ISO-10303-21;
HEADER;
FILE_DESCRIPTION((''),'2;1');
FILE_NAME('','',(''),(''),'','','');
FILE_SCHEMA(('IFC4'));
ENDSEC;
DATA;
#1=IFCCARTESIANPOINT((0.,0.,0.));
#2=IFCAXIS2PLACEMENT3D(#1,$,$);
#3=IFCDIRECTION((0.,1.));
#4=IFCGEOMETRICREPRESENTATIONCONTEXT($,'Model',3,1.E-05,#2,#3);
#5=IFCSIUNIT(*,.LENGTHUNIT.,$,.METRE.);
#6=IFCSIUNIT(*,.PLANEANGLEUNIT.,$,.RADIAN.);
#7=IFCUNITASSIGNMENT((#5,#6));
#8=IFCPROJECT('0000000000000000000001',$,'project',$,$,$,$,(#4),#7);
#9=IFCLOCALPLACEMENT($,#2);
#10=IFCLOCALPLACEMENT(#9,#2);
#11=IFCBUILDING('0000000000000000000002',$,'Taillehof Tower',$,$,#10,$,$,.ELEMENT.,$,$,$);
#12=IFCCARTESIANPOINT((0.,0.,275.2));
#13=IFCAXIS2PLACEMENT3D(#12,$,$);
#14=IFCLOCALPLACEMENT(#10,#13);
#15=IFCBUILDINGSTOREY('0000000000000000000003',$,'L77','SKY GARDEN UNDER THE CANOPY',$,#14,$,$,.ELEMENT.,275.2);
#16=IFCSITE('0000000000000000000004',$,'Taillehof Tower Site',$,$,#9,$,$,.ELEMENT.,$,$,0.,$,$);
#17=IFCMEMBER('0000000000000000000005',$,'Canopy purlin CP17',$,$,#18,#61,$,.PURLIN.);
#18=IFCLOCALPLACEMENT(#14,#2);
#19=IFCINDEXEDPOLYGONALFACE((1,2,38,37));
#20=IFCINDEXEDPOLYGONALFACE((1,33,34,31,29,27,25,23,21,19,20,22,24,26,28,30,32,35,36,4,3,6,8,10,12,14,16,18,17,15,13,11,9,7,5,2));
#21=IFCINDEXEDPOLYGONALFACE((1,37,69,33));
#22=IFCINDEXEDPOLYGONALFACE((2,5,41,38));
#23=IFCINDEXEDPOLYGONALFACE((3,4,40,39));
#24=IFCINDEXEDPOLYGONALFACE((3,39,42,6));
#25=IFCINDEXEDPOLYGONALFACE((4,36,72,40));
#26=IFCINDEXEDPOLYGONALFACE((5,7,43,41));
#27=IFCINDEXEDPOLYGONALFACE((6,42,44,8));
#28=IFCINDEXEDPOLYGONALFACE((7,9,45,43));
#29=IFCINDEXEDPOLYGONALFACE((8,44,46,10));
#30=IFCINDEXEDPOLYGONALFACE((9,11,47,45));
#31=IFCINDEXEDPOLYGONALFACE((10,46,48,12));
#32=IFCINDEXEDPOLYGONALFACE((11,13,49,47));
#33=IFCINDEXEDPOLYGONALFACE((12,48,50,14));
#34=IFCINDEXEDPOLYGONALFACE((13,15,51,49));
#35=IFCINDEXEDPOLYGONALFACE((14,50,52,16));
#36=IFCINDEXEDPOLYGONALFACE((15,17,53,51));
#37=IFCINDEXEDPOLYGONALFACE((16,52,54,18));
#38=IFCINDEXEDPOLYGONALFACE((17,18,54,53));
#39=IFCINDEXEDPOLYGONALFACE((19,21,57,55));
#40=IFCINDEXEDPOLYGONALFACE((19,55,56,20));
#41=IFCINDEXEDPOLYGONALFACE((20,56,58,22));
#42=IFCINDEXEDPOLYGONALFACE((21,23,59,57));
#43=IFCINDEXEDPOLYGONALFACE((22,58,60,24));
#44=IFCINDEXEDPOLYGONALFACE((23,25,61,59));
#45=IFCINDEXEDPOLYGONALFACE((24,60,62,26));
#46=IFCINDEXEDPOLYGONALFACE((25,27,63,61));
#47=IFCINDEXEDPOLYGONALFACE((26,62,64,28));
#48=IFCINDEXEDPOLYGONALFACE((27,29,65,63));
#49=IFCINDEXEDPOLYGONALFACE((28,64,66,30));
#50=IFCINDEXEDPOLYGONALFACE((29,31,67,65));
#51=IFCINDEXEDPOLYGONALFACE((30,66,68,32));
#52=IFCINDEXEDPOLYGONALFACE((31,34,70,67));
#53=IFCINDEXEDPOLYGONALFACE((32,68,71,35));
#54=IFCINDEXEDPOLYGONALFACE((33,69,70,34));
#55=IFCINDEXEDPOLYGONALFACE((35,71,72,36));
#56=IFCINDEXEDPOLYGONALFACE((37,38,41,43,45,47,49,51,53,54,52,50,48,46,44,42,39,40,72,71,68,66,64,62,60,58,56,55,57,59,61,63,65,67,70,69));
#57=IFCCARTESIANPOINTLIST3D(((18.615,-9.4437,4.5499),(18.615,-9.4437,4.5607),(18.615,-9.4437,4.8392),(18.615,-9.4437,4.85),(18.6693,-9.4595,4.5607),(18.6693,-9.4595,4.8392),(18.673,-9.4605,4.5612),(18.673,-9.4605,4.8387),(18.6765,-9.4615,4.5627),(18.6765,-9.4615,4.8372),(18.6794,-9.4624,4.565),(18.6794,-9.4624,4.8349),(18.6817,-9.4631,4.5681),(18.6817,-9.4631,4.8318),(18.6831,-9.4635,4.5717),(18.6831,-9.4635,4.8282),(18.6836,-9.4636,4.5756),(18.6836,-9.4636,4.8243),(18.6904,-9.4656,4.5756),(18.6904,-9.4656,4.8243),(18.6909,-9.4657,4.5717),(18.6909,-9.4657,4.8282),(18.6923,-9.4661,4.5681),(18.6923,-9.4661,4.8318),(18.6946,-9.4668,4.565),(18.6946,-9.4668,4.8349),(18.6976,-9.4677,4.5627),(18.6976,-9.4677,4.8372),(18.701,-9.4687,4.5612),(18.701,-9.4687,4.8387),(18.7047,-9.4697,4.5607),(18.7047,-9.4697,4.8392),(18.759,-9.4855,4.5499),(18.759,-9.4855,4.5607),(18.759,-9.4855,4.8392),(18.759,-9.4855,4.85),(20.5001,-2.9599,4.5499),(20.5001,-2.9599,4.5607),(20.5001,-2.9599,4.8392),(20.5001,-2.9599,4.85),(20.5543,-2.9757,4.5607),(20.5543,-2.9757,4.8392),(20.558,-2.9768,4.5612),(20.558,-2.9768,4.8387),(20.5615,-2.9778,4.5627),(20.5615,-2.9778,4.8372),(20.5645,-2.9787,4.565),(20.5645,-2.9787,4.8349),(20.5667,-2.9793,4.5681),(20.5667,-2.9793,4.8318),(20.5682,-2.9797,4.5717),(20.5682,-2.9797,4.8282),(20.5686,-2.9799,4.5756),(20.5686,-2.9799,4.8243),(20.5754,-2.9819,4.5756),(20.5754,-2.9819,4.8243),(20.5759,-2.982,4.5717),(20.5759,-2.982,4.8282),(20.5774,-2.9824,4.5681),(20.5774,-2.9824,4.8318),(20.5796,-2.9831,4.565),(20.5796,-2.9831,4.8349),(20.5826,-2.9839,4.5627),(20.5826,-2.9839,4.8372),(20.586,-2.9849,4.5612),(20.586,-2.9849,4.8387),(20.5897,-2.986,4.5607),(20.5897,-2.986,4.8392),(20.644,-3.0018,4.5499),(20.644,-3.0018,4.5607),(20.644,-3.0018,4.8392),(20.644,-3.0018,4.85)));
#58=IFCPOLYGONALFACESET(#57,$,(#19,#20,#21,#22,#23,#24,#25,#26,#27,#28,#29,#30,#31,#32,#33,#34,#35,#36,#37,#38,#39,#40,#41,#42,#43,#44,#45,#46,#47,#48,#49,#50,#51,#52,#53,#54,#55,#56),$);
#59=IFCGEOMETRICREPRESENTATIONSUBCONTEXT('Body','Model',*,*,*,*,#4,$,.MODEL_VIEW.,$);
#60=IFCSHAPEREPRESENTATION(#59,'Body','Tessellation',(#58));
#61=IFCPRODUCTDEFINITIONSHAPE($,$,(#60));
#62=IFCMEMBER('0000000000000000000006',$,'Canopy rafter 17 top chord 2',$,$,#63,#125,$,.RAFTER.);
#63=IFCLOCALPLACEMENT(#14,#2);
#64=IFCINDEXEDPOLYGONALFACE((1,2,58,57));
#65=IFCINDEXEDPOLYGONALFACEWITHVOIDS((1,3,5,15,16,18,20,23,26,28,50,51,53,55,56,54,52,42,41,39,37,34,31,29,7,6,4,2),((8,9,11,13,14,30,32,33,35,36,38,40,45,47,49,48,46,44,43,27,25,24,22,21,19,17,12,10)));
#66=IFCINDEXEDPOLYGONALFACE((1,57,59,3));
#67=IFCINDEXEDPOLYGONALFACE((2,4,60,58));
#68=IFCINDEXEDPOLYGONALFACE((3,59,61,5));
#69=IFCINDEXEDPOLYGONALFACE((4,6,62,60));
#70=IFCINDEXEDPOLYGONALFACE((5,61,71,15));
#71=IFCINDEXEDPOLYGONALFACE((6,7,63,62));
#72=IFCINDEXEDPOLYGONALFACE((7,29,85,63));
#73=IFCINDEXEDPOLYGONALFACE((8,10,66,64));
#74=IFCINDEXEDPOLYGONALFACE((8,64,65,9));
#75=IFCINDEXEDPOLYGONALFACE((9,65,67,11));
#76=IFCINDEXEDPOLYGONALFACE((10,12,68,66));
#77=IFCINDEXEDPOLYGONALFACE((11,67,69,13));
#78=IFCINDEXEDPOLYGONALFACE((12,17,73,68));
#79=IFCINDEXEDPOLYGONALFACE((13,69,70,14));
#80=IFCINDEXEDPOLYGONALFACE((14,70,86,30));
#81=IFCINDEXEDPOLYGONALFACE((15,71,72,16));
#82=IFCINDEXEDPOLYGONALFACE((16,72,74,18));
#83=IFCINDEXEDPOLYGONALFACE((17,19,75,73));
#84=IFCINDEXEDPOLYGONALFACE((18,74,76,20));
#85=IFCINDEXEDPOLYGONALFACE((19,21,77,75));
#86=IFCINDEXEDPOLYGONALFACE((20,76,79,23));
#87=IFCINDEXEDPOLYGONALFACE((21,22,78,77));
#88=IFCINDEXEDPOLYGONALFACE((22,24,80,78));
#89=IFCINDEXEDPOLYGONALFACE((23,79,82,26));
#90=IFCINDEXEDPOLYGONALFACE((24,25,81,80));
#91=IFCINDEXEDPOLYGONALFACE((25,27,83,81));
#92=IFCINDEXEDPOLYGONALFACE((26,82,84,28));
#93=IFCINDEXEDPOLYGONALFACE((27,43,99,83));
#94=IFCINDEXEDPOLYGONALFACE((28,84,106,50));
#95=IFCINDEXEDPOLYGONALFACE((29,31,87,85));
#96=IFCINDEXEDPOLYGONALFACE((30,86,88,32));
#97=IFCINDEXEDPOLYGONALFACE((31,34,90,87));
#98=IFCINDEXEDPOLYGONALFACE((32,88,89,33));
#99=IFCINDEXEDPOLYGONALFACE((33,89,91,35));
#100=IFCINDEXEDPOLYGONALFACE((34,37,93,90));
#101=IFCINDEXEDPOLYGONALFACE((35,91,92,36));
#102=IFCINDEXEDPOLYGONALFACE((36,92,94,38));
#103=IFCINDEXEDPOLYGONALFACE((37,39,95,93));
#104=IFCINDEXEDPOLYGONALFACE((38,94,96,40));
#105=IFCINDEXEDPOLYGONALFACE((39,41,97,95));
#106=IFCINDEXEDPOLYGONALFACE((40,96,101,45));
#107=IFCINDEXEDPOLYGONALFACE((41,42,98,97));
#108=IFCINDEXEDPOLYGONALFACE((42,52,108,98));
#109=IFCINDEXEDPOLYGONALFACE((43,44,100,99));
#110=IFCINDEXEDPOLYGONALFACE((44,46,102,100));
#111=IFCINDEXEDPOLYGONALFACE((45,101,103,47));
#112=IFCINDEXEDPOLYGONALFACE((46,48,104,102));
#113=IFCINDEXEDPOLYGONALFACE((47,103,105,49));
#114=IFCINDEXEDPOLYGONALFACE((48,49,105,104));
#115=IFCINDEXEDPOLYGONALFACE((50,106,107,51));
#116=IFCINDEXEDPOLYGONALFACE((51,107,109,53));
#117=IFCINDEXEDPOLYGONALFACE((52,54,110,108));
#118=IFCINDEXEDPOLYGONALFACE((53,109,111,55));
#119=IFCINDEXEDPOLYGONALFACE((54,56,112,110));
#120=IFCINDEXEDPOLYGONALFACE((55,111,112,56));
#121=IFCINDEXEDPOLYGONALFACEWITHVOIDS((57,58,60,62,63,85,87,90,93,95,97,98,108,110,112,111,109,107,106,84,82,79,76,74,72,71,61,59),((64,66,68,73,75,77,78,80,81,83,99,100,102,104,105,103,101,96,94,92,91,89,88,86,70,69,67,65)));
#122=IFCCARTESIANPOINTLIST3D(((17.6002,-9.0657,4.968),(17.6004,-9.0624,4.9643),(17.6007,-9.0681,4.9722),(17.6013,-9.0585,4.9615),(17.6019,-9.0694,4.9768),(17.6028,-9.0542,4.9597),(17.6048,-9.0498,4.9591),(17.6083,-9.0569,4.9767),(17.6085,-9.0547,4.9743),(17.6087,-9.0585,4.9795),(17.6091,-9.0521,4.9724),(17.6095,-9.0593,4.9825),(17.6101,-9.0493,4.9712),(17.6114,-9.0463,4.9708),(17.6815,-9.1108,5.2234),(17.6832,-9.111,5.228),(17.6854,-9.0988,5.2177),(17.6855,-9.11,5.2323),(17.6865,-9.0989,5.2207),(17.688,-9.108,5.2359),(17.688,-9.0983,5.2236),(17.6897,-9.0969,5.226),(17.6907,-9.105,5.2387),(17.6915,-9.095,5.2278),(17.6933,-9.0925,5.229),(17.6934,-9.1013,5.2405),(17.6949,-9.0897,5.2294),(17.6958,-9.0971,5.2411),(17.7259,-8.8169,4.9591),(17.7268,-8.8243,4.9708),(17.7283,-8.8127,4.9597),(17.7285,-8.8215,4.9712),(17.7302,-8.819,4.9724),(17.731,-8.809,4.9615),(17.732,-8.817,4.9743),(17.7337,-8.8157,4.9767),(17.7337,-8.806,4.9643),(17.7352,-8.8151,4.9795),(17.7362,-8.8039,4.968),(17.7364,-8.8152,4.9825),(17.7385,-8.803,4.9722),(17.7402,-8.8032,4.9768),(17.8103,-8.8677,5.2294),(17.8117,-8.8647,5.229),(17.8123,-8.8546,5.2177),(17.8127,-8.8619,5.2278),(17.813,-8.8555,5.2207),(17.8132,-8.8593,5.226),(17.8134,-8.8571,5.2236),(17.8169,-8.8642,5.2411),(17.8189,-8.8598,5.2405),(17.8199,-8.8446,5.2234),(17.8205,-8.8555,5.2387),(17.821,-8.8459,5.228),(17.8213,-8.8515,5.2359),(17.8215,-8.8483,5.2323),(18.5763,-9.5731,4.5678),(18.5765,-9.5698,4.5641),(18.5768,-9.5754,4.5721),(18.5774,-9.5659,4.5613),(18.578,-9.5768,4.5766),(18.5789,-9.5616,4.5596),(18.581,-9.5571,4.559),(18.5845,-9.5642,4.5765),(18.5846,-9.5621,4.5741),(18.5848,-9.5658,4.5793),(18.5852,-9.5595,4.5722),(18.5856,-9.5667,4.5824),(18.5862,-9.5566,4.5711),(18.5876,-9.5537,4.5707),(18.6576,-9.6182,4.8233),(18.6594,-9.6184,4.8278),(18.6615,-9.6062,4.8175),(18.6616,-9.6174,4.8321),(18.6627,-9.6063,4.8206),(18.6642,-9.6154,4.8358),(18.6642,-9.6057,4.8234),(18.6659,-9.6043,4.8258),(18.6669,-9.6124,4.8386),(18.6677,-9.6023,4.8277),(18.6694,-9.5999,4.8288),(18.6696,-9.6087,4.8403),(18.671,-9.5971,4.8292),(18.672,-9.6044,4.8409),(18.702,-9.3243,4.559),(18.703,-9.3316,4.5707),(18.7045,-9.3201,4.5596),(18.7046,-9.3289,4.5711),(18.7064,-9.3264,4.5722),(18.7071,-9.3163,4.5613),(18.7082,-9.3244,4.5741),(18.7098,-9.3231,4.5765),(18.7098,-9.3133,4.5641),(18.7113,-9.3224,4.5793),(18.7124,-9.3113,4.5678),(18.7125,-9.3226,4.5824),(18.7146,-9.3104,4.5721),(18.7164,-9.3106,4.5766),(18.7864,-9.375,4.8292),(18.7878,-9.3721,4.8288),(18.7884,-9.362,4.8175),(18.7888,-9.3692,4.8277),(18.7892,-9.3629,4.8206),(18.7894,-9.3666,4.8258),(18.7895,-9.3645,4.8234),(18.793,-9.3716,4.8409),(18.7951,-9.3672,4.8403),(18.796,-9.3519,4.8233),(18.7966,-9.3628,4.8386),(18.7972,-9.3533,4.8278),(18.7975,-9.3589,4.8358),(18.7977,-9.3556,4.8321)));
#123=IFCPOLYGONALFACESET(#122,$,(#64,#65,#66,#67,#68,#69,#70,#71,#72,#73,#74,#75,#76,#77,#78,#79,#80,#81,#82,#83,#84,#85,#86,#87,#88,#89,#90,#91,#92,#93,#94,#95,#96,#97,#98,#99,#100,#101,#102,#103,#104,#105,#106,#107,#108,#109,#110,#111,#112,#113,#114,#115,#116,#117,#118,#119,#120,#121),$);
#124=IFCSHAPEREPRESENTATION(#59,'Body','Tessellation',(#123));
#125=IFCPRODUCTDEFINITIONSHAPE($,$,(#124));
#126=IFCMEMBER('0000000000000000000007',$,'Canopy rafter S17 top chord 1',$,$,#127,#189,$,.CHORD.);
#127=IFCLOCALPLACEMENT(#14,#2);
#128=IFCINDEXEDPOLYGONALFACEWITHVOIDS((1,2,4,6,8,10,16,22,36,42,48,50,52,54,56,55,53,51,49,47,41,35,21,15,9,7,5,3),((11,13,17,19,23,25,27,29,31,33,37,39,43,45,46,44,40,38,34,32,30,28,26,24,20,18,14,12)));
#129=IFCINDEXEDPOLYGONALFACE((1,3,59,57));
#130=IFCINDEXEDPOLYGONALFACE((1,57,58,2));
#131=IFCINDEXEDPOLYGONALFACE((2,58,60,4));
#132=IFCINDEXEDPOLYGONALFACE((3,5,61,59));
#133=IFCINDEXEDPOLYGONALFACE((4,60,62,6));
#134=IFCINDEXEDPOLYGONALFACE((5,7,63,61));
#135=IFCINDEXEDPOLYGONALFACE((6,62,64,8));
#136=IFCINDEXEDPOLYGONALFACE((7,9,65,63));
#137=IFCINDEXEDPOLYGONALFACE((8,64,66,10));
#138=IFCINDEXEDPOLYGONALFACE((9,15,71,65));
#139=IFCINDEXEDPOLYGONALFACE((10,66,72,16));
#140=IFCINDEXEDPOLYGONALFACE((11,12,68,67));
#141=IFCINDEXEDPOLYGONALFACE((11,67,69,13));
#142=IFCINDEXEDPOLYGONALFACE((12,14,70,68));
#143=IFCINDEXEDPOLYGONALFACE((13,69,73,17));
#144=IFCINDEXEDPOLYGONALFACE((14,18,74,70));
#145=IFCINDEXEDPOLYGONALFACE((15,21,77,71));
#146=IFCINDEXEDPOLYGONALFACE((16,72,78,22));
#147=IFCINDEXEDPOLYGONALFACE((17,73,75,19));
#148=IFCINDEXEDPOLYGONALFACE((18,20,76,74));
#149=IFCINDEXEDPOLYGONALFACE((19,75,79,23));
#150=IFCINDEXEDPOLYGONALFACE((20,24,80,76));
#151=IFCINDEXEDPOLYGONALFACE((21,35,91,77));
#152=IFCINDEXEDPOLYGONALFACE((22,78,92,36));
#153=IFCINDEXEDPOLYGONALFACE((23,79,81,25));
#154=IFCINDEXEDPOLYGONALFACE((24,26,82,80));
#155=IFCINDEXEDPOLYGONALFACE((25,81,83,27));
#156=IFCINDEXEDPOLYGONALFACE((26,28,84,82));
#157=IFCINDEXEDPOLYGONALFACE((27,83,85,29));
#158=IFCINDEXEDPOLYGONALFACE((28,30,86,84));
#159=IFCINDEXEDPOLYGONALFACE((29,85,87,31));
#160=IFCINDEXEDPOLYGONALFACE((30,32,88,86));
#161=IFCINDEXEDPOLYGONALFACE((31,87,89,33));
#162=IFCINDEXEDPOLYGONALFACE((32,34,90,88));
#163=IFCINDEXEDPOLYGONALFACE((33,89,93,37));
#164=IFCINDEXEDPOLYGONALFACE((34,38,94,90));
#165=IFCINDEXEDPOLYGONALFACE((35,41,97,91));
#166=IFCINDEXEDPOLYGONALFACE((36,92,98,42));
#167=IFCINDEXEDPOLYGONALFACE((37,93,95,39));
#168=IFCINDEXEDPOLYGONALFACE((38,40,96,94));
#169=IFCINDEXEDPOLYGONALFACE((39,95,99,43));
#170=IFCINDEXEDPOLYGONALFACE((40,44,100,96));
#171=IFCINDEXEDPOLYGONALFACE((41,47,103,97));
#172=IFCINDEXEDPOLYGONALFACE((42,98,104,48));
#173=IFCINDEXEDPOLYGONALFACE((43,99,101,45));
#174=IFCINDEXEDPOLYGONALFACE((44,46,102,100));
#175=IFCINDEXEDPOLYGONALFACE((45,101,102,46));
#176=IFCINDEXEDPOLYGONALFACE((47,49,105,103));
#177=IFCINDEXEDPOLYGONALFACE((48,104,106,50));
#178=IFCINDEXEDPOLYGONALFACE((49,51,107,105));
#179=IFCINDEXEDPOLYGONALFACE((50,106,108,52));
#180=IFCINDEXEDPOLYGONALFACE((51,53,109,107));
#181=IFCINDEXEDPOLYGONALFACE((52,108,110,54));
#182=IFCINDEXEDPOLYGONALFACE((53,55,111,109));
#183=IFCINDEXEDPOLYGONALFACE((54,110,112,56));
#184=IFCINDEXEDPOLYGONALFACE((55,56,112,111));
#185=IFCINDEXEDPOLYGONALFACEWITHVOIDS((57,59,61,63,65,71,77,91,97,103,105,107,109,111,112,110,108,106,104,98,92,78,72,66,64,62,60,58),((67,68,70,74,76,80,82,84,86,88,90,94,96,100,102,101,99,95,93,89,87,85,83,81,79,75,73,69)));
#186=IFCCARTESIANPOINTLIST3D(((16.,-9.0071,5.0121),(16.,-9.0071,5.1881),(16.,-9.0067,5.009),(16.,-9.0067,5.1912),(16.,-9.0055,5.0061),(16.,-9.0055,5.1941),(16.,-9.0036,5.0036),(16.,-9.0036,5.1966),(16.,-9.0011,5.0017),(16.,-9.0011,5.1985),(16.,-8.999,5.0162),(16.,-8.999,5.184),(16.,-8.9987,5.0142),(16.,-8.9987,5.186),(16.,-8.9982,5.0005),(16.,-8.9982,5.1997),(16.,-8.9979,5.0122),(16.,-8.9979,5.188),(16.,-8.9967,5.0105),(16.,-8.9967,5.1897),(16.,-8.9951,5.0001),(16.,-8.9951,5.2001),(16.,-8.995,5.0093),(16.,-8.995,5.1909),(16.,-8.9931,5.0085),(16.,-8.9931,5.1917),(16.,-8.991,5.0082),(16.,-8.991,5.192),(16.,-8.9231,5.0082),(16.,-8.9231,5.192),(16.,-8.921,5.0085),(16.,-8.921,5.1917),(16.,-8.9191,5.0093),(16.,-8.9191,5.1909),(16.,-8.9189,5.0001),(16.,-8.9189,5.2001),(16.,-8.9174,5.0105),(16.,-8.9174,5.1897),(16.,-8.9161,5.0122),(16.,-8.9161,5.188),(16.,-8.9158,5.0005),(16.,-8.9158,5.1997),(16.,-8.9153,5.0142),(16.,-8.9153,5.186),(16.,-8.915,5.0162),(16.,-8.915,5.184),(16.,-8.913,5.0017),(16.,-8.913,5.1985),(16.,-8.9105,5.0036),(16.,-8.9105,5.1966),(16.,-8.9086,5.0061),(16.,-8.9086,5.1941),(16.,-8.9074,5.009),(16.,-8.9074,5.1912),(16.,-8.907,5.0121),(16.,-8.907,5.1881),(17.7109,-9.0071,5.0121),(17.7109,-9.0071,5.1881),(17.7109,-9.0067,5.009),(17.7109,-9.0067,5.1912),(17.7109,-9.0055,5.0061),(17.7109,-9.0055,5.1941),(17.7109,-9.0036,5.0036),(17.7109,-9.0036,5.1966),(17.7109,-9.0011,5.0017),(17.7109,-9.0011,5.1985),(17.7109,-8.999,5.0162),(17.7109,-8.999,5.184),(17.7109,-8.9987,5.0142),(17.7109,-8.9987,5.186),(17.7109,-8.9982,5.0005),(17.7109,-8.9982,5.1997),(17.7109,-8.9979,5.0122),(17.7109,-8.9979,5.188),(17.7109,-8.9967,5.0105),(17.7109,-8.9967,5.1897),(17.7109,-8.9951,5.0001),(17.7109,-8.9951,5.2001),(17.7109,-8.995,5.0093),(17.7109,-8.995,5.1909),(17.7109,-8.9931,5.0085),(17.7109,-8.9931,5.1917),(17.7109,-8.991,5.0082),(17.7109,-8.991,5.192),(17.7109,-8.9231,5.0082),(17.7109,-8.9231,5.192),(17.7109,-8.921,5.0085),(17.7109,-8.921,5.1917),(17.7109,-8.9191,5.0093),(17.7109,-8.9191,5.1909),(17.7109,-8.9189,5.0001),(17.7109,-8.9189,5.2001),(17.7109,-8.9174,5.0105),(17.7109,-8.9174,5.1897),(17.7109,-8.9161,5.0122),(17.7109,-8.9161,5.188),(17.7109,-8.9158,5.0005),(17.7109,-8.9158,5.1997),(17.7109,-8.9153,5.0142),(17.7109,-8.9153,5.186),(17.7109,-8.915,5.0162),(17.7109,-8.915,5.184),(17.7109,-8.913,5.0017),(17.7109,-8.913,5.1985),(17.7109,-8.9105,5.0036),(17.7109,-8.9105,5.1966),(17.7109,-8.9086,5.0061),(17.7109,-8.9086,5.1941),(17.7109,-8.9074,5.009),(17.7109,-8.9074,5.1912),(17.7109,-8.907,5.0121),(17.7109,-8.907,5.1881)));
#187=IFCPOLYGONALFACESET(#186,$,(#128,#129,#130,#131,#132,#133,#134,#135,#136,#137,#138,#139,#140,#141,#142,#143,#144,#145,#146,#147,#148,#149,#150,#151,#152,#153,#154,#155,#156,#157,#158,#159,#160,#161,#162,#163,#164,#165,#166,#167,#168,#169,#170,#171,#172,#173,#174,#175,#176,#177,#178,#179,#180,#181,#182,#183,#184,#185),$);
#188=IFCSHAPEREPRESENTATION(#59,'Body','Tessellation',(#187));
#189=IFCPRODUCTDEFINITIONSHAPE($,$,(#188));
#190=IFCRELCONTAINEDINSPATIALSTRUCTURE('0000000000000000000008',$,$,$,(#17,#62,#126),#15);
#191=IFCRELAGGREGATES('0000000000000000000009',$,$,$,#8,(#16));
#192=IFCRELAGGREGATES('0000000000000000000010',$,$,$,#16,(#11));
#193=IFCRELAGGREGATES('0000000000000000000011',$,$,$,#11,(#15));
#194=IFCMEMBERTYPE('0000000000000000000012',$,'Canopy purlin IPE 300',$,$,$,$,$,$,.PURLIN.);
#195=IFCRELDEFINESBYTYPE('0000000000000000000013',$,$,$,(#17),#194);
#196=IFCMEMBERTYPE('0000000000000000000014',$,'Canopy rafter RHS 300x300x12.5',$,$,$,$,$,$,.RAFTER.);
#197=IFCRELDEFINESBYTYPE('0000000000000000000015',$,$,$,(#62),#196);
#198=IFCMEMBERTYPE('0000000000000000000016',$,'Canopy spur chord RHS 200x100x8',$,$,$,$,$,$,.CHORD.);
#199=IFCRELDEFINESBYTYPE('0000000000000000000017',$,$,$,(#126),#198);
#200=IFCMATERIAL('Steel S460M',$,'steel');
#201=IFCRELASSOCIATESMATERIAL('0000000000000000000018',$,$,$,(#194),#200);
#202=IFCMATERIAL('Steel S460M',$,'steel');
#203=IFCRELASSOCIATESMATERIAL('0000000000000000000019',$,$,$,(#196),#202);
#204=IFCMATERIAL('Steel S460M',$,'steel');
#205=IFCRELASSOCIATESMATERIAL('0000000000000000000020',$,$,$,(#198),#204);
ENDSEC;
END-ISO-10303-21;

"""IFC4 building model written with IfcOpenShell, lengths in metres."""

from ifc_helpers import new_model, si_unit, direction, frame, origin, origin_2d, place, context, subcontext, project, spatial, hollow_rectangle, i_section, extrude, material, material_profile, profile_set, type_object, element, save


model = new_model("IFC4")

# Units and contexts
model_context = context("Model", 3, precision=1e-05, world=origin(), true_north=direction((0.0, 1.0)))
body_context = subcontext(model_context, "Body", "Model", "MODEL_VIEW")
ifc_project = project(units=[si_unit("LENGTHUNIT", "METRE"), si_unit("PLANEANGLEUNIT", "RADIAN")], contexts=[model_context])

# Site, building, storey
site_placement = place(None, origin())
site = spatial("IfcSite", under=ifc_project, at=site_placement, Name="Taillehof Tower Site", CompositionType="ELEMENT", RefElevation=0.0)
building_placement = place(site_placement, origin())
building = spatial("IfcBuilding", under=site, at=building_placement, Name="Taillehof Tower", CompositionType="ELEMENT")
storey_placement = place(building_placement, frame((0.0, 0.0, 275.2)))
storey = spatial("IfcBuildingStorey", under=building, at=storey_placement, Name="L77", Description="SKY GARDEN UNDER THE CANOPY", CompositionType="ELEMENT", Elevation=275.2)

# Members
ifc_material_1 = material(Name="Steel S460M", Category="steel")
ifc_material_profile_1 = material_profile(ifc_material_1, i_section(OverallWidth=0.1499, OverallDepth=0.3, WebThickness=0.0071, FlangeThickness=0.0107, FilletRadius=0.0149, at=origin_2d()), Name="IPE 300")
ifc_profile_set_1 = profile_set([ifc_material_profile_1], Name="Steel S460M")
member_type_1 = type_object("IfcMemberType", Name="Canopy purlin IPE 300", PredefinedType="PURLIN", material=ifc_profile_set_1)
member_1_placement = place(storey_placement, frame((18.687, -9.4646, 4.7), z_axis=(0.279174, 0.960241, 0.0), x_axis=(-0.960241, 0.279174, 0.0)))
element("IfcMember", 1, at=member_1_placement, inside=storey, type_object=member_type_1, Name="Canopy purlin CP17", PredefinedType="PURLIN", context=body_context, shape_type="SweptSolid", body=[
    extrude(i_section(OverallWidth=0.1499, OverallDepth=0.3, WebThickness=0.0071, FlangeThickness=0.0107, FilletRadius=0.0149, at=origin_2d()), origin(), (0.0, 0.0, 1.0), 6.7522),
])
ifc_material_2 = material(Name="Steel S460M", Category="steel")
ifc_material_profile_2 = material_profile(ifc_material_2, hollow_rectangle(XDim=0.3, YDim=0.3, WallThickness=0.0125, InnerFilletRadius=0.0125, OuterFilletRadius=0.0188, at=origin_2d()), Name="RHS 300x300x12.5")
ifc_profile_set_2 = profile_set([ifc_material_profile_2], Name="Steel S460M")
member_type_2 = type_object("IfcMemberType", Name="Canopy rafter RHS 300x300x12.5", PredefinedType="RAFTER", material=ifc_profile_set_2)
member_2_placement = place(storey_placement, frame((18.687, -9.4644, 4.7), z_axis=(-0.833851, 0.433402, 0.341841), x_axis=(-0.461185, -0.887304, 0.0)))
element("IfcMember", 2, at=member_2_placement, inside=storey, type_object=member_type_2, Name="Canopy rafter 17 top chord 2", PredefinedType="RAFTER", context=body_context, shape_type="SweptSolid", body=[
    extrude(hollow_rectangle(XDim=0.3, YDim=0.3, WallThickness=0.0125, InnerFilletRadius=0.0125, OuterFilletRadius=0.0188, at=origin_2d()), origin(), (0.0, 0.0, 1.0), 1.1707),
])
ifc_material_3 = material(Name="Steel S460M", Category="steel")
ifc_material_profile_3 = material_profile(ifc_material_3, hollow_rectangle(XDim=0.1001, YDim=0.2, WallThickness=0.0081, InnerFilletRadius=0.0081, OuterFilletRadius=0.012, at=origin_2d()), Name="RHS 200x100x8")
ifc_profile_set_3 = profile_set([ifc_material_profile_3], Name="Steel S460M")
member_type_3 = type_object("IfcMemberType", Name="Canopy spur chord RHS 200x100x8", PredefinedType="CHORD", material=ifc_profile_set_3)
for number, where, z_axis, x_axis, name in (
    (3, (17.7109, -8.957, 5.1001), (-1.0, 0.0, 0.0), (0.0, -1.0, 0.0), "Canopy rafter S17 top chord 1"),
):
    element("IfcMember", number, at=place(storey_placement, frame(where, z_axis=z_axis, x_axis=x_axis)), inside=storey, type_object=member_type_3, Name=name, PredefinedType="CHORD", context=body_context, shape_type="SweptSolid", body=[
        extrude(hollow_rectangle(XDim=0.1001, YDim=0.2, WallThickness=0.0081, InnerFilletRadius=0.0081, OuterFilletRadius=0.012, at=origin_2d()), origin(), (0.0, 0.0, 1.0), 1.7109),
    ])

save(model, "model.ifc")
